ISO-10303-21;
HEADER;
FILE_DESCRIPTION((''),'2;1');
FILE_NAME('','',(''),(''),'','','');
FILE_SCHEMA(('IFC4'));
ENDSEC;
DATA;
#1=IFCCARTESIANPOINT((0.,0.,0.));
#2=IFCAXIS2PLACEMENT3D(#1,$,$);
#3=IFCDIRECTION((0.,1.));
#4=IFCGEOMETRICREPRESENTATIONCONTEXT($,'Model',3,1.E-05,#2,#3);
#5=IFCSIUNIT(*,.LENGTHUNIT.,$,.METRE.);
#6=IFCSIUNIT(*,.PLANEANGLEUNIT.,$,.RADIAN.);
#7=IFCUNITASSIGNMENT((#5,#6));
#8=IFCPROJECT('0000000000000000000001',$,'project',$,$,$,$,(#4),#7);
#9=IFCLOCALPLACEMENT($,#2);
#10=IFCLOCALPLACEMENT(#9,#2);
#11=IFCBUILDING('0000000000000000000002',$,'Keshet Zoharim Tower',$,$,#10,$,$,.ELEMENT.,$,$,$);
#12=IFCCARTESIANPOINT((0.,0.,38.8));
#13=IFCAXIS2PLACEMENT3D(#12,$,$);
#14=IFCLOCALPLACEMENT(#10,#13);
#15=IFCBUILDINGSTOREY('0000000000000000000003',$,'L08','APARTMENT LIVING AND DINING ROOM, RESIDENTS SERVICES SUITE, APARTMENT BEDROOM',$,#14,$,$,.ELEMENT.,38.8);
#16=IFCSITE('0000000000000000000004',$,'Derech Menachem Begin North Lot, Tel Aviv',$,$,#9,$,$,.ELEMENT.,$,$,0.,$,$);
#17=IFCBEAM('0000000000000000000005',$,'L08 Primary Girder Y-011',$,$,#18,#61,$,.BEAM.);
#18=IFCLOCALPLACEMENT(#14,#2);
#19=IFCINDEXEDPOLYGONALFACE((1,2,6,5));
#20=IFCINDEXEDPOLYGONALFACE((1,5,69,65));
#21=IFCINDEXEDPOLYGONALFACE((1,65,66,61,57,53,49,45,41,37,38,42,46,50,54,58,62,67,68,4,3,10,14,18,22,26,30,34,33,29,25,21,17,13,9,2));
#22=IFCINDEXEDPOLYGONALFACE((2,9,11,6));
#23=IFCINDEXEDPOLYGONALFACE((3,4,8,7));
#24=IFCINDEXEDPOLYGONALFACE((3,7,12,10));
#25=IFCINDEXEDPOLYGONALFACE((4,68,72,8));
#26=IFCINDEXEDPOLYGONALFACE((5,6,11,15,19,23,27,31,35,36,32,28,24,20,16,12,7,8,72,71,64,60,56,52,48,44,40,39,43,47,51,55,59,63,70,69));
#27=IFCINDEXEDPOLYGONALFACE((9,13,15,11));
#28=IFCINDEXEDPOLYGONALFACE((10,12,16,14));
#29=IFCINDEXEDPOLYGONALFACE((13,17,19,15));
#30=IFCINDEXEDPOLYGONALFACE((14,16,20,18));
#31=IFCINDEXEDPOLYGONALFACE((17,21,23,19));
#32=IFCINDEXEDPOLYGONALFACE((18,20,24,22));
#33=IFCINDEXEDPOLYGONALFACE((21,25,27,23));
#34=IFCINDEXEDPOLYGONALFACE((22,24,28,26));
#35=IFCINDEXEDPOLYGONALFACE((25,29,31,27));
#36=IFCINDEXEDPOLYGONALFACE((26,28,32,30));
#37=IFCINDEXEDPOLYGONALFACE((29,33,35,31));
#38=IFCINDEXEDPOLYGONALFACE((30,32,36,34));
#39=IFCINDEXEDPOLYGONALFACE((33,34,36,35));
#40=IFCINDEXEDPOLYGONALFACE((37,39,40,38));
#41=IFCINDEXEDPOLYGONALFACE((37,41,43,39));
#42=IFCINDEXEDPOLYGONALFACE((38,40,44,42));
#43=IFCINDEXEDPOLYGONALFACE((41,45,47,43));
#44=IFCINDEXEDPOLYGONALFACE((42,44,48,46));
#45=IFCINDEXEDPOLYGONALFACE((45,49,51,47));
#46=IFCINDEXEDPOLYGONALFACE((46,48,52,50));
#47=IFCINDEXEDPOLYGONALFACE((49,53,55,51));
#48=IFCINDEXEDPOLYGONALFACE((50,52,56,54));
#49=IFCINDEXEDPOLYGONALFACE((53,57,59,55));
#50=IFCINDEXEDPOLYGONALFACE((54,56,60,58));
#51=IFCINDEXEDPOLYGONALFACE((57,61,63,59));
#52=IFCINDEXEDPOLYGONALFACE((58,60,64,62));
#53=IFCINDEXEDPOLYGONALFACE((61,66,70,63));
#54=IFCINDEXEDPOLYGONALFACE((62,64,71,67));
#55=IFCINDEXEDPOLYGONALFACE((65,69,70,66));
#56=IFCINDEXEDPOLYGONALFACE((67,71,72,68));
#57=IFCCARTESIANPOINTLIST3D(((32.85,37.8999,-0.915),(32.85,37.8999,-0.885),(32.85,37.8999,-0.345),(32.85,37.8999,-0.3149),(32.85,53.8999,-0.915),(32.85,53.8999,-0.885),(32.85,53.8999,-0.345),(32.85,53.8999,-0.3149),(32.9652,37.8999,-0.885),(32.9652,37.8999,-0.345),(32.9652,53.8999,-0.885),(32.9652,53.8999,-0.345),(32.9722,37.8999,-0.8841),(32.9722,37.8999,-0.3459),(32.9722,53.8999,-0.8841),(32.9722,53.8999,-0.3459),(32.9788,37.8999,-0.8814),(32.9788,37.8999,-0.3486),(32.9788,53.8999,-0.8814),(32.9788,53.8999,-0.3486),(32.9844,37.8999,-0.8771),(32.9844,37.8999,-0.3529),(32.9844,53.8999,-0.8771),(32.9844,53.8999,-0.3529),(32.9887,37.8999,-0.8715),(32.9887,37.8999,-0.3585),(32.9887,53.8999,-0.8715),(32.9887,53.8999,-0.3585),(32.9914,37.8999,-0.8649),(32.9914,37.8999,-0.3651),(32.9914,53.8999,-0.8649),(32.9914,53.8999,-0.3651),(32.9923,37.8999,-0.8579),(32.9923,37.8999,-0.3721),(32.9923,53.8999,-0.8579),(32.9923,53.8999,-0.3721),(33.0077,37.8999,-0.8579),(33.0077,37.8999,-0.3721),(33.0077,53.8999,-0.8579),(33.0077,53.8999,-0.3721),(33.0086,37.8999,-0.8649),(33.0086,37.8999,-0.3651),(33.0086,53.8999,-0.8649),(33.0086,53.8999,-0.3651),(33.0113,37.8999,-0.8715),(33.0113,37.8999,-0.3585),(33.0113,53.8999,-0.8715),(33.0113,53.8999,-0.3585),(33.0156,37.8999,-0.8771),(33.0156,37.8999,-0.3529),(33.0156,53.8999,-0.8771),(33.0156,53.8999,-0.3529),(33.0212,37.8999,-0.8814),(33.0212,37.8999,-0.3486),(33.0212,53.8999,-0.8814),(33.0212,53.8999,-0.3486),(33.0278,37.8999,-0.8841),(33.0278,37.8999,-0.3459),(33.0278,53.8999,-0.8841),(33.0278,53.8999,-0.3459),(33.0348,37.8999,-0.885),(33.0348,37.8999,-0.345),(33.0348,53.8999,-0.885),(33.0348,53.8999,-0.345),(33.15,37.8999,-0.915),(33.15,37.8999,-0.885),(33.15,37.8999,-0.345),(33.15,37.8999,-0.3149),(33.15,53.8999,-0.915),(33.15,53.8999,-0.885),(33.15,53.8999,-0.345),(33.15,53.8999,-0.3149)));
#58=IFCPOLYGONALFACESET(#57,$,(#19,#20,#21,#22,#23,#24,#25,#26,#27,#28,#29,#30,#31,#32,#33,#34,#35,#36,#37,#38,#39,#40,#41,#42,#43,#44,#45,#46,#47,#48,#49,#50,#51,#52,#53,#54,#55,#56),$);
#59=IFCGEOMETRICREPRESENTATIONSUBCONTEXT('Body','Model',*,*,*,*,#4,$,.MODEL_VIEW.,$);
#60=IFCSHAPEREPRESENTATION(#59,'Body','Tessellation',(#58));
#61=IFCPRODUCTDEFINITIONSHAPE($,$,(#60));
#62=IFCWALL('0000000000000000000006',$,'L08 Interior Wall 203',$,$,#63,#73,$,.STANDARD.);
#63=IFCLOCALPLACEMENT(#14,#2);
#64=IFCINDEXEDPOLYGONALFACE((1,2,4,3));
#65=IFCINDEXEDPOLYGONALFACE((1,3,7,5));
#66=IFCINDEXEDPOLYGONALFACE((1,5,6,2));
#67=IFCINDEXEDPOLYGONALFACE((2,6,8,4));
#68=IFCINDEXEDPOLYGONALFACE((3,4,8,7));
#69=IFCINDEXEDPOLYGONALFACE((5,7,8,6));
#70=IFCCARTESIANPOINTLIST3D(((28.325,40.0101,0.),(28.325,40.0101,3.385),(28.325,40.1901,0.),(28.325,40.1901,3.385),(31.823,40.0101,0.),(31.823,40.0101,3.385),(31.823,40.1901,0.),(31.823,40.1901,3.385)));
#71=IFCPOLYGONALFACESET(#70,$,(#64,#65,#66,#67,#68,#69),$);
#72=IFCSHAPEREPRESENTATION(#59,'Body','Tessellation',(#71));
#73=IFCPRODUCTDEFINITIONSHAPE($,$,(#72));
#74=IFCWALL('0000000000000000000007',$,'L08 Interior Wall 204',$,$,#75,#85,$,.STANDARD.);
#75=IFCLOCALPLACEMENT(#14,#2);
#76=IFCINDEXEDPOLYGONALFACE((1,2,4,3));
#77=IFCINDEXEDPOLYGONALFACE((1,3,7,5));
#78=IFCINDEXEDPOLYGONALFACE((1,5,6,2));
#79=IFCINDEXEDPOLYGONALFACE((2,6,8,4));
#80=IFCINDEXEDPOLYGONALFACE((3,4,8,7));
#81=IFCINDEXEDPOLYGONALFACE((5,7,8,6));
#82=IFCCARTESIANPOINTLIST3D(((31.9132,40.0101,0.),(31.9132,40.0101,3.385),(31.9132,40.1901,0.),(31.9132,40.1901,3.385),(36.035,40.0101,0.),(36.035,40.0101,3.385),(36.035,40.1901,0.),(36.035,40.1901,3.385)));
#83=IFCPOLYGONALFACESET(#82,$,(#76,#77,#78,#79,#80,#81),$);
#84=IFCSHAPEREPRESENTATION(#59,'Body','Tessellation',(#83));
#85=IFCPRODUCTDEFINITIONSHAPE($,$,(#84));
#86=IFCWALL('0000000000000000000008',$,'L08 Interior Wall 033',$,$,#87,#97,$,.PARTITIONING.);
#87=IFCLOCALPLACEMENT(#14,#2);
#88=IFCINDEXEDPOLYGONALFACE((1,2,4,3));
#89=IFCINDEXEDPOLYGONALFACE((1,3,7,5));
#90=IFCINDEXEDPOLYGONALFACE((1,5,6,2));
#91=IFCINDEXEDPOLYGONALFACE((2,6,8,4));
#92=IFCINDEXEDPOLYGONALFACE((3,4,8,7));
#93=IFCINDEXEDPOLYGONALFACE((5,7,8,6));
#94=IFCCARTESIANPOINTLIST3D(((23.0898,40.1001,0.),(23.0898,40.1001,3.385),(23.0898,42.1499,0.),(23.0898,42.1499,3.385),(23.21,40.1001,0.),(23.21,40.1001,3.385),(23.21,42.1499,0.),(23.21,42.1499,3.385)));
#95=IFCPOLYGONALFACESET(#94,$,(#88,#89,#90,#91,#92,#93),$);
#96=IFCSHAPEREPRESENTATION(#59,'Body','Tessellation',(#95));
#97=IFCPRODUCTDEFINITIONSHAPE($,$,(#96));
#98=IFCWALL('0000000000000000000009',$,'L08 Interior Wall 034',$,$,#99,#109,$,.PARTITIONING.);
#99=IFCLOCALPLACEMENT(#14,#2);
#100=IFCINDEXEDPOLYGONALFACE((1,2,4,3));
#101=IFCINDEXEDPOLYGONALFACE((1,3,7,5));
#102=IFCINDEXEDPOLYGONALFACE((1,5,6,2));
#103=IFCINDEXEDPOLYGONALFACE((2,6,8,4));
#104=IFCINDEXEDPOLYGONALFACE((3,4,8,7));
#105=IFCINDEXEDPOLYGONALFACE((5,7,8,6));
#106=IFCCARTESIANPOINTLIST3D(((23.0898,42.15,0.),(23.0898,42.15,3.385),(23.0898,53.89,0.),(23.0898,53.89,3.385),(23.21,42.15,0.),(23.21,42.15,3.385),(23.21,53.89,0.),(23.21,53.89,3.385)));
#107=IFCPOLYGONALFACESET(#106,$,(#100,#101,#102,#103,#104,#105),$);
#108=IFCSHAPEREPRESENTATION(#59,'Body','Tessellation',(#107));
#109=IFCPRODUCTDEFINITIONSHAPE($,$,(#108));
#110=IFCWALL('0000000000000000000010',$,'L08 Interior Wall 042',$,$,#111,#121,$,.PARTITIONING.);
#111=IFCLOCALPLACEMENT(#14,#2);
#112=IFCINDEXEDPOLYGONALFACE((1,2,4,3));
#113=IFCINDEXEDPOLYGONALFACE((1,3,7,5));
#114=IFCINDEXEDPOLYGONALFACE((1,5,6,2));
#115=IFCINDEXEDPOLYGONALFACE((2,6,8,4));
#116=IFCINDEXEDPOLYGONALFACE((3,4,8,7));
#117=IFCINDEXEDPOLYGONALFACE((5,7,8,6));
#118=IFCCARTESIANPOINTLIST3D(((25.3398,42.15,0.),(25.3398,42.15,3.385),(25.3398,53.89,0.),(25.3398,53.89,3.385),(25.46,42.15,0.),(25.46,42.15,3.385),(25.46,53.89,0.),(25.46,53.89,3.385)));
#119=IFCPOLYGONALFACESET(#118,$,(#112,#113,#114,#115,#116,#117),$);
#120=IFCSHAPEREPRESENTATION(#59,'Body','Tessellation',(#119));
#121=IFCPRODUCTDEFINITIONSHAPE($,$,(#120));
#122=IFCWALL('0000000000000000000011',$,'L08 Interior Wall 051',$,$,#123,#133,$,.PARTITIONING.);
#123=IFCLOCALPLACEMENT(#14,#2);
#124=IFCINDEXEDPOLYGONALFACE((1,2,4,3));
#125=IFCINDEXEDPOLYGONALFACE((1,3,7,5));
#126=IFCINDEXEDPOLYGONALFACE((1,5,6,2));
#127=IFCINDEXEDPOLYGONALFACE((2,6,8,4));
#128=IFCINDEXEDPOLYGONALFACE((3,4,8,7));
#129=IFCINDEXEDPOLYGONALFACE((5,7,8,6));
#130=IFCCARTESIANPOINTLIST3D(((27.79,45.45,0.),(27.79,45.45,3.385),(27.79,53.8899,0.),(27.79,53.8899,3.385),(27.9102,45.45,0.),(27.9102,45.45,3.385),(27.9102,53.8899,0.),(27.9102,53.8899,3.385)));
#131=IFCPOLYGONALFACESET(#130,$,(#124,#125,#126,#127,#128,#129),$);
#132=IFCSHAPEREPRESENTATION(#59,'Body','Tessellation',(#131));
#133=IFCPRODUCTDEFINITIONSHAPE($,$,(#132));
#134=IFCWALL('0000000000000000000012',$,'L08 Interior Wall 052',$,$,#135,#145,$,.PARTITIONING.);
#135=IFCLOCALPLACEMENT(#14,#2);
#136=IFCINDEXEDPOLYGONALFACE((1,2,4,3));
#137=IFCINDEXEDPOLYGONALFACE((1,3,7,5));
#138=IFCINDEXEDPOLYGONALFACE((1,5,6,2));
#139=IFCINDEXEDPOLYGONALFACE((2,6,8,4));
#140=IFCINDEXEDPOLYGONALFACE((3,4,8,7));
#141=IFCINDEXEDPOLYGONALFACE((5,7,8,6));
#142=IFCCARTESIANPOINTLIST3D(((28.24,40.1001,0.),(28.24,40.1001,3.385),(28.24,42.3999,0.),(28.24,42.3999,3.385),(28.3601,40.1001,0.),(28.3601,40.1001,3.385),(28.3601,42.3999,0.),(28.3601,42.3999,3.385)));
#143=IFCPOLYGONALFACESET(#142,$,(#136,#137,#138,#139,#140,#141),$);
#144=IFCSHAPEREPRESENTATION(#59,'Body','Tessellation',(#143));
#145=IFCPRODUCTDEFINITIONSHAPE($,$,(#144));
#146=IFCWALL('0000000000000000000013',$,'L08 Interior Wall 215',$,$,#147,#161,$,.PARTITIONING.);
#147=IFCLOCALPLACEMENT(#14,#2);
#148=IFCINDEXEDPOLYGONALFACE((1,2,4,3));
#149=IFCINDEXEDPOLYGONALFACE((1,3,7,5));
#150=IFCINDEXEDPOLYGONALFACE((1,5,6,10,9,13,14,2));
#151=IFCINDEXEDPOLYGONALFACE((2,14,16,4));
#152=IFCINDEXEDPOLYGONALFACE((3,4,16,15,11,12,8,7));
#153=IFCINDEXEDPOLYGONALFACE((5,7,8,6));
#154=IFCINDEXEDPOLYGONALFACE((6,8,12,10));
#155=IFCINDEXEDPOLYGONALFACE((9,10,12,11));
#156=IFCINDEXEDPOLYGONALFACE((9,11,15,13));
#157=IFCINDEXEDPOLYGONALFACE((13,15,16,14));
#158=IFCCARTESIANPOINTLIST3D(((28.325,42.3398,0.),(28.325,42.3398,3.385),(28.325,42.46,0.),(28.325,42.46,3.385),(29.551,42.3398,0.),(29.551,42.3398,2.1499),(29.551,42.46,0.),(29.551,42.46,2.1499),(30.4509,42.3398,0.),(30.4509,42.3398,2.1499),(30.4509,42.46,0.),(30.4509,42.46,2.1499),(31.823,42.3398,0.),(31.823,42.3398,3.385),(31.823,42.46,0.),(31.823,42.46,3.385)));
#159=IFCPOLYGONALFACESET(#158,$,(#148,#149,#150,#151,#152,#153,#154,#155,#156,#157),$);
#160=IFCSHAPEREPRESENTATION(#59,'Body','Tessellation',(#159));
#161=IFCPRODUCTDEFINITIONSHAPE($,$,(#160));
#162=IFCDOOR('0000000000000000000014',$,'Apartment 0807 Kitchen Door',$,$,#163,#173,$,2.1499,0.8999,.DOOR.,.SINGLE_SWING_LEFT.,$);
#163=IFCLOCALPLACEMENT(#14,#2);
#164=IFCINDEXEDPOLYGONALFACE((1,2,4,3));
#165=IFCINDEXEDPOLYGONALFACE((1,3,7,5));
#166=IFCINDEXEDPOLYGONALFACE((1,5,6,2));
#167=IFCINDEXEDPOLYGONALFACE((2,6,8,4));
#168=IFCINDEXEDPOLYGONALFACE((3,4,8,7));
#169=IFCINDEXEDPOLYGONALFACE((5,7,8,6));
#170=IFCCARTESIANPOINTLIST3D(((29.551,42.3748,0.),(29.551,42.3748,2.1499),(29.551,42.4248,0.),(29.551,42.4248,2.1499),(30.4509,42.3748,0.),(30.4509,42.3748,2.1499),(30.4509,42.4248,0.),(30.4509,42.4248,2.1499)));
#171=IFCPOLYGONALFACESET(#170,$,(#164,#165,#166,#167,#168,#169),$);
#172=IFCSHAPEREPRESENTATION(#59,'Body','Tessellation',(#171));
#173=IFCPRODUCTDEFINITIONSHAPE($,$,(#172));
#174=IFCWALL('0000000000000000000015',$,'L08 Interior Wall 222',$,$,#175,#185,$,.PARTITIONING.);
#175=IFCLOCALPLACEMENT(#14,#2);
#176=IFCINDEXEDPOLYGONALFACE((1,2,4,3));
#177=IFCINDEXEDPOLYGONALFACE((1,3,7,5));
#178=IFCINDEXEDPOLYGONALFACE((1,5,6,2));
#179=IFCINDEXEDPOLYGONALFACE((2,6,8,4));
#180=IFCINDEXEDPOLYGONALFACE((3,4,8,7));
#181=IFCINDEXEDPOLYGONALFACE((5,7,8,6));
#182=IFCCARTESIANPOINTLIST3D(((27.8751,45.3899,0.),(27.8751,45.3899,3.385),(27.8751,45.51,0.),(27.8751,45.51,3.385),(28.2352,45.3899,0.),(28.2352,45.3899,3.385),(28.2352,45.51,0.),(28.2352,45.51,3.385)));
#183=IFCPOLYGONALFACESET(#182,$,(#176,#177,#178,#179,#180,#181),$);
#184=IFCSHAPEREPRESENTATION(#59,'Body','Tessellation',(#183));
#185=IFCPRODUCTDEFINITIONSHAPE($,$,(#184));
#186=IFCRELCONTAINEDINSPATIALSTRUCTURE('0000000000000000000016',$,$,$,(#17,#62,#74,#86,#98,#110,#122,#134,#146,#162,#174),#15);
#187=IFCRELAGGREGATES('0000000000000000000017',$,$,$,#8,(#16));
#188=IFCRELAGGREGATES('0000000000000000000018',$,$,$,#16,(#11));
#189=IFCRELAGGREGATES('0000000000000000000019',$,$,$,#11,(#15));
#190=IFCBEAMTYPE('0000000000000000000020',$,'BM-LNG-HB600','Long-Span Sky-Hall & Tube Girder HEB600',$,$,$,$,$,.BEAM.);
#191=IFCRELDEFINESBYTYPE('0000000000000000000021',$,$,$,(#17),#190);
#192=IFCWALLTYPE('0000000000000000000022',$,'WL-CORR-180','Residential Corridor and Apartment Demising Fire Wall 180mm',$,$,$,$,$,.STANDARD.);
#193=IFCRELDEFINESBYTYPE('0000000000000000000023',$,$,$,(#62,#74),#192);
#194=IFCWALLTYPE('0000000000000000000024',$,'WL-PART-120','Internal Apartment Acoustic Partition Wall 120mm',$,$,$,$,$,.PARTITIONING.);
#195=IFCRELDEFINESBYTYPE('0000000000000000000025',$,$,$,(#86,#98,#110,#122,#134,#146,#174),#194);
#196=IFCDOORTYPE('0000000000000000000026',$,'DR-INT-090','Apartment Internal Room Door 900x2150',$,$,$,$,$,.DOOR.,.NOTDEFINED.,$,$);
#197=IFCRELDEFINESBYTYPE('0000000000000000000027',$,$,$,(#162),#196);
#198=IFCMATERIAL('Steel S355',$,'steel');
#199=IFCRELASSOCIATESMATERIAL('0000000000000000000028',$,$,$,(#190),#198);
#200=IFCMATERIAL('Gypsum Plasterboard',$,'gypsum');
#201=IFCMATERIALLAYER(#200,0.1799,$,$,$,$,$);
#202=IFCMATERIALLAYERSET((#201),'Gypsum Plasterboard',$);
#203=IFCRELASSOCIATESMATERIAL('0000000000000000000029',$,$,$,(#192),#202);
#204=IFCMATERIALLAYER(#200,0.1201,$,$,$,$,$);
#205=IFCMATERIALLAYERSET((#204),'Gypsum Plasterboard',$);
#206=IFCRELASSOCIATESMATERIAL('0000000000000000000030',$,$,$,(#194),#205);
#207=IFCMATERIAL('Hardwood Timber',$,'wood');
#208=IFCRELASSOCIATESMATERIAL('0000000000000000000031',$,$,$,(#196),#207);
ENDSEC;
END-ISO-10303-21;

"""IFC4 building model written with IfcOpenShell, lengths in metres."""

from ifc_helpers import new_model, si_unit, direction, frame, frame_2d, origin, origin_2d, place, context, subcontext, project, spatial, rectangle, i_section, extrude, material, layer, layer_set, material_profile, profile_set, type_object, element, fill, save


model = new_model("IFC4")

# Units and contexts
model_context = context("Model", 3, precision=1e-05, world=origin(), true_north=direction((0.0, 1.0)))
body_context = subcontext(model_context, "Body", "Model", "MODEL_VIEW")
ifc_project = project(units=[si_unit("LENGTHUNIT", "METRE"), si_unit("PLANEANGLEUNIT", "RADIAN")], contexts=[model_context])

# Site, building, storey
site_placement = place(None, origin())
site = spatial("IfcSite", under=ifc_project, at=site_placement, Name="Derech Menachem Begin North Lot, Tel Aviv", CompositionType="ELEMENT", RefElevation=0.0)
building_placement = place(site_placement, origin())
building = spatial("IfcBuilding", under=site, at=building_placement, Name="Keshet Zoharim Tower", CompositionType="ELEMENT")
storey_placement = place(building_placement, frame((0.0, 0.0, 38.8)))
storey = spatial("IfcBuildingStorey", under=building, at=storey_placement, Name="L08", Description="APARTMENT LIVING AND DINING ROOM, RESIDENTS SERVICES SUITE, APARTMENT BEDROOM", CompositionType="ELEMENT", Elevation=38.8)

# Beam
ifc_material_1 = material(Name="Steel S355", Category="steel")
ifc_material_profile_1 = material_profile(ifc_material_1, i_section(OverallWidth=0.3, OverallDepth=0.6001, WebThickness=0.0154, FlangeThickness=0.03, FilletRadius=0.0271, at=origin_2d()), Name="HEB600")
ifc_profile_set_1 = profile_set([ifc_material_profile_1], Name="Steel S355")
beam_type_1 = type_object("IfcBeamType", Name="BM-LNG-HB600", Description="Long-Span Sky-Hall & Tube Girder HEB600", PredefinedType="BEAM", material=ifc_profile_set_1)
beam_1_placement = place(storey_placement, frame((33.0, 37.8999, -0.615), z_axis=(0.0, 1.0, 0.0), x_axis=(-1.0, 0.0, 0.0)))
element("IfcBeam", 1, at=beam_1_placement, inside=storey, type_object=beam_type_1, Name="L08 Primary Girder Y-011", PredefinedType="BEAM", context=body_context, shape_type="SweptSolid", body=[
    extrude(i_section(OverallWidth=0.3, OverallDepth=0.6001, WebThickness=0.0154, FlangeThickness=0.03, FilletRadius=0.0271, at=origin_2d()), origin(), (0.0, 0.0, 1.0), 16.0),
])

# Shared definitions
ifc_material_2 = material(Name="Gypsum Plasterboard", Category="gypsum")
ifc_layer_1 = layer(ifc_material_2, 0.1799)
ifc_layer_set_1 = layer_set([ifc_layer_1], Name="Gypsum Plasterboard")
wall_type_1 = type_object("IfcWallType", Name="WL-CORR-180", Description="Residential Corridor and Apartment Demising Fire Wall 180mm", PredefinedType="STANDARD", material=ifc_layer_set_1)
ifc_material_3 = material(Name="Hardwood Timber", Category="wood")

# Walls
wall_1_placement = place(storey_placement, frame((28.325, 40.1001, 0.0), z_axis=(0.0, 0.0, 1.0), x_axis=(1.0, 0.0, 0.0)))
element("IfcWall", 2, at=wall_1_placement, inside=storey, type_object=wall_type_1, Name="L08 Interior Wall 203", PredefinedType="STANDARD", context=body_context, shape_type="SweptSolid", body=[
    extrude(rectangle(XDim=3.498, YDim=0.1799, at=frame_2d((1.749, 0.0))), origin(), (0.0, 0.0, 1.0), 3.385),
])
wall_2_placement = place(storey_placement, frame((31.9131, 40.1001, 0.0), z_axis=(0.0, 0.0, 1.0), x_axis=(1.0, 0.0, 0.0)))
element("IfcWall", 3, at=wall_2_placement, inside=storey, type_object=wall_type_1, Name="L08 Interior Wall 204", PredefinedType="STANDARD", context=body_context, shape_type="SweptSolid", body=[
    extrude(rectangle(XDim=4.1218, YDim=0.1799, at=frame_2d((2.061, 0.0))), origin(), (0.0, 0.0, 1.0), 3.385),
])
ifc_layer_2 = layer(ifc_material_2, 0.1201)
ifc_layer_set_2 = layer_set([ifc_layer_2], Name="Gypsum Plasterboard")
wall_type_2 = type_object("IfcWallType", Name="WL-PART-120", Description="Internal Apartment Acoustic Partition Wall 120mm", PredefinedType="PARTITIONING", material=ifc_layer_set_2)
wall_3_placement = place(storey_placement, frame((23.1499, 40.1001, 0.0), z_axis=(0.0, 0.0, 1.0), x_axis=(0.0, 1.0, 0.0)))
element("IfcWall", 4, at=wall_3_placement, inside=storey, type_object=wall_type_2, Name="L08 Interior Wall 033", PredefinedType="PARTITIONING", context=body_context, shape_type="SweptSolid", body=[
    extrude(rectangle(XDim=2.0498, YDim=0.1201, at=frame_2d((1.0249, 0.0))), origin(), (0.0, 0.0, 1.0), 3.385),
])
for number, where, z_axis, x_axis, name in (
    (5, (23.1499, 42.1499, 0.0), (0.0, 0.0, 1.0), (0.0, 1.0, 0.0), "L08 Interior Wall 034"),
    (6, (25.3999, 42.1499, 0.0), (0.0, 0.0, 1.0), (0.0, 1.0, 0.0), "L08 Interior Wall 042"),
):
    element("IfcWall", number, at=place(storey_placement, frame(where, z_axis=z_axis, x_axis=x_axis)), inside=storey, type_object=wall_type_2, Name=name, PredefinedType="PARTITIONING", context=body_context, shape_type="SweptSolid", body=[
        extrude(rectangle(XDim=11.74, YDim=0.1201, at=frame_2d((5.8701, 0.0))), origin(), (0.0, 0.0, 1.0), 3.385),
    ])
wall_4_placement = place(storey_placement, frame((27.8501, 45.45, 0.0), z_axis=(0.0, 0.0, 1.0), x_axis=(0.0, 1.0, 0.0)))
element("IfcWall", 7, at=wall_4_placement, inside=storey, type_object=wall_type_2, Name="L08 Interior Wall 051", PredefinedType="PARTITIONING", context=body_context, shape_type="SweptSolid", body=[
    extrude(rectangle(XDim=8.4399, YDim=0.1201, at=frame_2d((4.22, 0.0))), origin(), (0.0, 0.0, 1.0), 3.385),
])
wall_5_placement = place(storey_placement, frame((28.3, 40.1001, 0.0), z_axis=(0.0, 0.0, 1.0), x_axis=(0.0, 1.0, 0.0)))
element("IfcWall", 8, at=wall_5_placement, inside=storey, type_object=wall_type_2, Name="L08 Interior Wall 052", PredefinedType="PARTITIONING", context=body_context, shape_type="SweptSolid", body=[
    extrude(rectangle(XDim=2.2998, YDim=0.1201, at=frame_2d((1.1499, 0.0))), origin(), (0.0, 0.0, 1.0), 3.385),
])

# Wall, opening, door
door_type_1 = type_object("IfcDoorType", Name="DR-INT-090", Description="Apartment Internal Room Door 900x2150", OperationType="NOTDEFINED", PredefinedType="DOOR", material=ifc_material_3)
wall_6_placement = place(storey_placement, frame((28.325, 42.3999, 0.0), z_axis=(0.0, 0.0, 1.0), x_axis=(1.0, 0.0, 0.0)))
wall_6 = element("IfcWall", 9, at=wall_6_placement, inside=storey, type_object=wall_type_2, Name="L08 Interior Wall 215", PredefinedType="PARTITIONING", context=body_context, shape_type="SweptSolid", body=[
    extrude(rectangle(XDim=3.498, YDim=0.1201, at=frame_2d((1.749, 0.0))), origin(), (0.0, 0.0, 1.0), 3.385),
])
opening_1_placement = place(wall_6_placement, frame((1.2261, 0.0, 0.0)))
opening_1 = element("IfcOpeningElement", 10, at=opening_1_placement, cuts=wall_6, PredefinedType="OPENING", context=body_context, shape_type="SweptSolid", body=[
    extrude(rectangle(XDim=0.8999, YDim=2.1499, at=frame_2d((0.45, 1.075))), frame((0.0, 0.0701, 0.0), z_axis=(0.0, -1.0, 0.0), x_axis=(1.0, 0.0, 0.0)), (0.0, 0.0, 1.0), 0.1401),
])
door_1_placement = place(opening_1_placement, origin())
door_1 = element("IfcDoor", 11, at=door_1_placement, inside=storey, type_object=door_type_1, Name="Apartment 0807 Kitchen Door", OperationType="SINGLE_SWING_LEFT", OverallHeight=2.1499, OverallWidth=0.8999, PredefinedType="DOOR", context=body_context, shape_type="SweptSolid", body=[
    extrude(rectangle(XDim=0.8999, YDim=2.1499, at=frame_2d((0.45, 1.075))), frame((0.0, 0.0249, 0.0), z_axis=(0.0, -1.0, 0.0), x_axis=(1.0, 0.0, 0.0)), (0.0, 0.0, 1.0), 0.05),
])
fill(opening_1, door_1)

# Wall
wall_7_placement = place(storey_placement, frame((27.875, 45.45, 0.0), z_axis=(0.0, 0.0, 1.0), x_axis=(1.0, 0.0, 0.0)))
element("IfcWall", 12, at=wall_7_placement, inside=storey, type_object=wall_type_2, Name="L08 Interior Wall 222", PredefinedType="PARTITIONING", context=body_context, shape_type="SweptSolid", body=[
    extrude(rectangle(XDim=0.3601, YDim=0.1201, at=frame_2d((0.1802, 0.0))), origin(), (0.0, 0.0, 1.0), 3.385),
])

save(model, "model.ifc")
